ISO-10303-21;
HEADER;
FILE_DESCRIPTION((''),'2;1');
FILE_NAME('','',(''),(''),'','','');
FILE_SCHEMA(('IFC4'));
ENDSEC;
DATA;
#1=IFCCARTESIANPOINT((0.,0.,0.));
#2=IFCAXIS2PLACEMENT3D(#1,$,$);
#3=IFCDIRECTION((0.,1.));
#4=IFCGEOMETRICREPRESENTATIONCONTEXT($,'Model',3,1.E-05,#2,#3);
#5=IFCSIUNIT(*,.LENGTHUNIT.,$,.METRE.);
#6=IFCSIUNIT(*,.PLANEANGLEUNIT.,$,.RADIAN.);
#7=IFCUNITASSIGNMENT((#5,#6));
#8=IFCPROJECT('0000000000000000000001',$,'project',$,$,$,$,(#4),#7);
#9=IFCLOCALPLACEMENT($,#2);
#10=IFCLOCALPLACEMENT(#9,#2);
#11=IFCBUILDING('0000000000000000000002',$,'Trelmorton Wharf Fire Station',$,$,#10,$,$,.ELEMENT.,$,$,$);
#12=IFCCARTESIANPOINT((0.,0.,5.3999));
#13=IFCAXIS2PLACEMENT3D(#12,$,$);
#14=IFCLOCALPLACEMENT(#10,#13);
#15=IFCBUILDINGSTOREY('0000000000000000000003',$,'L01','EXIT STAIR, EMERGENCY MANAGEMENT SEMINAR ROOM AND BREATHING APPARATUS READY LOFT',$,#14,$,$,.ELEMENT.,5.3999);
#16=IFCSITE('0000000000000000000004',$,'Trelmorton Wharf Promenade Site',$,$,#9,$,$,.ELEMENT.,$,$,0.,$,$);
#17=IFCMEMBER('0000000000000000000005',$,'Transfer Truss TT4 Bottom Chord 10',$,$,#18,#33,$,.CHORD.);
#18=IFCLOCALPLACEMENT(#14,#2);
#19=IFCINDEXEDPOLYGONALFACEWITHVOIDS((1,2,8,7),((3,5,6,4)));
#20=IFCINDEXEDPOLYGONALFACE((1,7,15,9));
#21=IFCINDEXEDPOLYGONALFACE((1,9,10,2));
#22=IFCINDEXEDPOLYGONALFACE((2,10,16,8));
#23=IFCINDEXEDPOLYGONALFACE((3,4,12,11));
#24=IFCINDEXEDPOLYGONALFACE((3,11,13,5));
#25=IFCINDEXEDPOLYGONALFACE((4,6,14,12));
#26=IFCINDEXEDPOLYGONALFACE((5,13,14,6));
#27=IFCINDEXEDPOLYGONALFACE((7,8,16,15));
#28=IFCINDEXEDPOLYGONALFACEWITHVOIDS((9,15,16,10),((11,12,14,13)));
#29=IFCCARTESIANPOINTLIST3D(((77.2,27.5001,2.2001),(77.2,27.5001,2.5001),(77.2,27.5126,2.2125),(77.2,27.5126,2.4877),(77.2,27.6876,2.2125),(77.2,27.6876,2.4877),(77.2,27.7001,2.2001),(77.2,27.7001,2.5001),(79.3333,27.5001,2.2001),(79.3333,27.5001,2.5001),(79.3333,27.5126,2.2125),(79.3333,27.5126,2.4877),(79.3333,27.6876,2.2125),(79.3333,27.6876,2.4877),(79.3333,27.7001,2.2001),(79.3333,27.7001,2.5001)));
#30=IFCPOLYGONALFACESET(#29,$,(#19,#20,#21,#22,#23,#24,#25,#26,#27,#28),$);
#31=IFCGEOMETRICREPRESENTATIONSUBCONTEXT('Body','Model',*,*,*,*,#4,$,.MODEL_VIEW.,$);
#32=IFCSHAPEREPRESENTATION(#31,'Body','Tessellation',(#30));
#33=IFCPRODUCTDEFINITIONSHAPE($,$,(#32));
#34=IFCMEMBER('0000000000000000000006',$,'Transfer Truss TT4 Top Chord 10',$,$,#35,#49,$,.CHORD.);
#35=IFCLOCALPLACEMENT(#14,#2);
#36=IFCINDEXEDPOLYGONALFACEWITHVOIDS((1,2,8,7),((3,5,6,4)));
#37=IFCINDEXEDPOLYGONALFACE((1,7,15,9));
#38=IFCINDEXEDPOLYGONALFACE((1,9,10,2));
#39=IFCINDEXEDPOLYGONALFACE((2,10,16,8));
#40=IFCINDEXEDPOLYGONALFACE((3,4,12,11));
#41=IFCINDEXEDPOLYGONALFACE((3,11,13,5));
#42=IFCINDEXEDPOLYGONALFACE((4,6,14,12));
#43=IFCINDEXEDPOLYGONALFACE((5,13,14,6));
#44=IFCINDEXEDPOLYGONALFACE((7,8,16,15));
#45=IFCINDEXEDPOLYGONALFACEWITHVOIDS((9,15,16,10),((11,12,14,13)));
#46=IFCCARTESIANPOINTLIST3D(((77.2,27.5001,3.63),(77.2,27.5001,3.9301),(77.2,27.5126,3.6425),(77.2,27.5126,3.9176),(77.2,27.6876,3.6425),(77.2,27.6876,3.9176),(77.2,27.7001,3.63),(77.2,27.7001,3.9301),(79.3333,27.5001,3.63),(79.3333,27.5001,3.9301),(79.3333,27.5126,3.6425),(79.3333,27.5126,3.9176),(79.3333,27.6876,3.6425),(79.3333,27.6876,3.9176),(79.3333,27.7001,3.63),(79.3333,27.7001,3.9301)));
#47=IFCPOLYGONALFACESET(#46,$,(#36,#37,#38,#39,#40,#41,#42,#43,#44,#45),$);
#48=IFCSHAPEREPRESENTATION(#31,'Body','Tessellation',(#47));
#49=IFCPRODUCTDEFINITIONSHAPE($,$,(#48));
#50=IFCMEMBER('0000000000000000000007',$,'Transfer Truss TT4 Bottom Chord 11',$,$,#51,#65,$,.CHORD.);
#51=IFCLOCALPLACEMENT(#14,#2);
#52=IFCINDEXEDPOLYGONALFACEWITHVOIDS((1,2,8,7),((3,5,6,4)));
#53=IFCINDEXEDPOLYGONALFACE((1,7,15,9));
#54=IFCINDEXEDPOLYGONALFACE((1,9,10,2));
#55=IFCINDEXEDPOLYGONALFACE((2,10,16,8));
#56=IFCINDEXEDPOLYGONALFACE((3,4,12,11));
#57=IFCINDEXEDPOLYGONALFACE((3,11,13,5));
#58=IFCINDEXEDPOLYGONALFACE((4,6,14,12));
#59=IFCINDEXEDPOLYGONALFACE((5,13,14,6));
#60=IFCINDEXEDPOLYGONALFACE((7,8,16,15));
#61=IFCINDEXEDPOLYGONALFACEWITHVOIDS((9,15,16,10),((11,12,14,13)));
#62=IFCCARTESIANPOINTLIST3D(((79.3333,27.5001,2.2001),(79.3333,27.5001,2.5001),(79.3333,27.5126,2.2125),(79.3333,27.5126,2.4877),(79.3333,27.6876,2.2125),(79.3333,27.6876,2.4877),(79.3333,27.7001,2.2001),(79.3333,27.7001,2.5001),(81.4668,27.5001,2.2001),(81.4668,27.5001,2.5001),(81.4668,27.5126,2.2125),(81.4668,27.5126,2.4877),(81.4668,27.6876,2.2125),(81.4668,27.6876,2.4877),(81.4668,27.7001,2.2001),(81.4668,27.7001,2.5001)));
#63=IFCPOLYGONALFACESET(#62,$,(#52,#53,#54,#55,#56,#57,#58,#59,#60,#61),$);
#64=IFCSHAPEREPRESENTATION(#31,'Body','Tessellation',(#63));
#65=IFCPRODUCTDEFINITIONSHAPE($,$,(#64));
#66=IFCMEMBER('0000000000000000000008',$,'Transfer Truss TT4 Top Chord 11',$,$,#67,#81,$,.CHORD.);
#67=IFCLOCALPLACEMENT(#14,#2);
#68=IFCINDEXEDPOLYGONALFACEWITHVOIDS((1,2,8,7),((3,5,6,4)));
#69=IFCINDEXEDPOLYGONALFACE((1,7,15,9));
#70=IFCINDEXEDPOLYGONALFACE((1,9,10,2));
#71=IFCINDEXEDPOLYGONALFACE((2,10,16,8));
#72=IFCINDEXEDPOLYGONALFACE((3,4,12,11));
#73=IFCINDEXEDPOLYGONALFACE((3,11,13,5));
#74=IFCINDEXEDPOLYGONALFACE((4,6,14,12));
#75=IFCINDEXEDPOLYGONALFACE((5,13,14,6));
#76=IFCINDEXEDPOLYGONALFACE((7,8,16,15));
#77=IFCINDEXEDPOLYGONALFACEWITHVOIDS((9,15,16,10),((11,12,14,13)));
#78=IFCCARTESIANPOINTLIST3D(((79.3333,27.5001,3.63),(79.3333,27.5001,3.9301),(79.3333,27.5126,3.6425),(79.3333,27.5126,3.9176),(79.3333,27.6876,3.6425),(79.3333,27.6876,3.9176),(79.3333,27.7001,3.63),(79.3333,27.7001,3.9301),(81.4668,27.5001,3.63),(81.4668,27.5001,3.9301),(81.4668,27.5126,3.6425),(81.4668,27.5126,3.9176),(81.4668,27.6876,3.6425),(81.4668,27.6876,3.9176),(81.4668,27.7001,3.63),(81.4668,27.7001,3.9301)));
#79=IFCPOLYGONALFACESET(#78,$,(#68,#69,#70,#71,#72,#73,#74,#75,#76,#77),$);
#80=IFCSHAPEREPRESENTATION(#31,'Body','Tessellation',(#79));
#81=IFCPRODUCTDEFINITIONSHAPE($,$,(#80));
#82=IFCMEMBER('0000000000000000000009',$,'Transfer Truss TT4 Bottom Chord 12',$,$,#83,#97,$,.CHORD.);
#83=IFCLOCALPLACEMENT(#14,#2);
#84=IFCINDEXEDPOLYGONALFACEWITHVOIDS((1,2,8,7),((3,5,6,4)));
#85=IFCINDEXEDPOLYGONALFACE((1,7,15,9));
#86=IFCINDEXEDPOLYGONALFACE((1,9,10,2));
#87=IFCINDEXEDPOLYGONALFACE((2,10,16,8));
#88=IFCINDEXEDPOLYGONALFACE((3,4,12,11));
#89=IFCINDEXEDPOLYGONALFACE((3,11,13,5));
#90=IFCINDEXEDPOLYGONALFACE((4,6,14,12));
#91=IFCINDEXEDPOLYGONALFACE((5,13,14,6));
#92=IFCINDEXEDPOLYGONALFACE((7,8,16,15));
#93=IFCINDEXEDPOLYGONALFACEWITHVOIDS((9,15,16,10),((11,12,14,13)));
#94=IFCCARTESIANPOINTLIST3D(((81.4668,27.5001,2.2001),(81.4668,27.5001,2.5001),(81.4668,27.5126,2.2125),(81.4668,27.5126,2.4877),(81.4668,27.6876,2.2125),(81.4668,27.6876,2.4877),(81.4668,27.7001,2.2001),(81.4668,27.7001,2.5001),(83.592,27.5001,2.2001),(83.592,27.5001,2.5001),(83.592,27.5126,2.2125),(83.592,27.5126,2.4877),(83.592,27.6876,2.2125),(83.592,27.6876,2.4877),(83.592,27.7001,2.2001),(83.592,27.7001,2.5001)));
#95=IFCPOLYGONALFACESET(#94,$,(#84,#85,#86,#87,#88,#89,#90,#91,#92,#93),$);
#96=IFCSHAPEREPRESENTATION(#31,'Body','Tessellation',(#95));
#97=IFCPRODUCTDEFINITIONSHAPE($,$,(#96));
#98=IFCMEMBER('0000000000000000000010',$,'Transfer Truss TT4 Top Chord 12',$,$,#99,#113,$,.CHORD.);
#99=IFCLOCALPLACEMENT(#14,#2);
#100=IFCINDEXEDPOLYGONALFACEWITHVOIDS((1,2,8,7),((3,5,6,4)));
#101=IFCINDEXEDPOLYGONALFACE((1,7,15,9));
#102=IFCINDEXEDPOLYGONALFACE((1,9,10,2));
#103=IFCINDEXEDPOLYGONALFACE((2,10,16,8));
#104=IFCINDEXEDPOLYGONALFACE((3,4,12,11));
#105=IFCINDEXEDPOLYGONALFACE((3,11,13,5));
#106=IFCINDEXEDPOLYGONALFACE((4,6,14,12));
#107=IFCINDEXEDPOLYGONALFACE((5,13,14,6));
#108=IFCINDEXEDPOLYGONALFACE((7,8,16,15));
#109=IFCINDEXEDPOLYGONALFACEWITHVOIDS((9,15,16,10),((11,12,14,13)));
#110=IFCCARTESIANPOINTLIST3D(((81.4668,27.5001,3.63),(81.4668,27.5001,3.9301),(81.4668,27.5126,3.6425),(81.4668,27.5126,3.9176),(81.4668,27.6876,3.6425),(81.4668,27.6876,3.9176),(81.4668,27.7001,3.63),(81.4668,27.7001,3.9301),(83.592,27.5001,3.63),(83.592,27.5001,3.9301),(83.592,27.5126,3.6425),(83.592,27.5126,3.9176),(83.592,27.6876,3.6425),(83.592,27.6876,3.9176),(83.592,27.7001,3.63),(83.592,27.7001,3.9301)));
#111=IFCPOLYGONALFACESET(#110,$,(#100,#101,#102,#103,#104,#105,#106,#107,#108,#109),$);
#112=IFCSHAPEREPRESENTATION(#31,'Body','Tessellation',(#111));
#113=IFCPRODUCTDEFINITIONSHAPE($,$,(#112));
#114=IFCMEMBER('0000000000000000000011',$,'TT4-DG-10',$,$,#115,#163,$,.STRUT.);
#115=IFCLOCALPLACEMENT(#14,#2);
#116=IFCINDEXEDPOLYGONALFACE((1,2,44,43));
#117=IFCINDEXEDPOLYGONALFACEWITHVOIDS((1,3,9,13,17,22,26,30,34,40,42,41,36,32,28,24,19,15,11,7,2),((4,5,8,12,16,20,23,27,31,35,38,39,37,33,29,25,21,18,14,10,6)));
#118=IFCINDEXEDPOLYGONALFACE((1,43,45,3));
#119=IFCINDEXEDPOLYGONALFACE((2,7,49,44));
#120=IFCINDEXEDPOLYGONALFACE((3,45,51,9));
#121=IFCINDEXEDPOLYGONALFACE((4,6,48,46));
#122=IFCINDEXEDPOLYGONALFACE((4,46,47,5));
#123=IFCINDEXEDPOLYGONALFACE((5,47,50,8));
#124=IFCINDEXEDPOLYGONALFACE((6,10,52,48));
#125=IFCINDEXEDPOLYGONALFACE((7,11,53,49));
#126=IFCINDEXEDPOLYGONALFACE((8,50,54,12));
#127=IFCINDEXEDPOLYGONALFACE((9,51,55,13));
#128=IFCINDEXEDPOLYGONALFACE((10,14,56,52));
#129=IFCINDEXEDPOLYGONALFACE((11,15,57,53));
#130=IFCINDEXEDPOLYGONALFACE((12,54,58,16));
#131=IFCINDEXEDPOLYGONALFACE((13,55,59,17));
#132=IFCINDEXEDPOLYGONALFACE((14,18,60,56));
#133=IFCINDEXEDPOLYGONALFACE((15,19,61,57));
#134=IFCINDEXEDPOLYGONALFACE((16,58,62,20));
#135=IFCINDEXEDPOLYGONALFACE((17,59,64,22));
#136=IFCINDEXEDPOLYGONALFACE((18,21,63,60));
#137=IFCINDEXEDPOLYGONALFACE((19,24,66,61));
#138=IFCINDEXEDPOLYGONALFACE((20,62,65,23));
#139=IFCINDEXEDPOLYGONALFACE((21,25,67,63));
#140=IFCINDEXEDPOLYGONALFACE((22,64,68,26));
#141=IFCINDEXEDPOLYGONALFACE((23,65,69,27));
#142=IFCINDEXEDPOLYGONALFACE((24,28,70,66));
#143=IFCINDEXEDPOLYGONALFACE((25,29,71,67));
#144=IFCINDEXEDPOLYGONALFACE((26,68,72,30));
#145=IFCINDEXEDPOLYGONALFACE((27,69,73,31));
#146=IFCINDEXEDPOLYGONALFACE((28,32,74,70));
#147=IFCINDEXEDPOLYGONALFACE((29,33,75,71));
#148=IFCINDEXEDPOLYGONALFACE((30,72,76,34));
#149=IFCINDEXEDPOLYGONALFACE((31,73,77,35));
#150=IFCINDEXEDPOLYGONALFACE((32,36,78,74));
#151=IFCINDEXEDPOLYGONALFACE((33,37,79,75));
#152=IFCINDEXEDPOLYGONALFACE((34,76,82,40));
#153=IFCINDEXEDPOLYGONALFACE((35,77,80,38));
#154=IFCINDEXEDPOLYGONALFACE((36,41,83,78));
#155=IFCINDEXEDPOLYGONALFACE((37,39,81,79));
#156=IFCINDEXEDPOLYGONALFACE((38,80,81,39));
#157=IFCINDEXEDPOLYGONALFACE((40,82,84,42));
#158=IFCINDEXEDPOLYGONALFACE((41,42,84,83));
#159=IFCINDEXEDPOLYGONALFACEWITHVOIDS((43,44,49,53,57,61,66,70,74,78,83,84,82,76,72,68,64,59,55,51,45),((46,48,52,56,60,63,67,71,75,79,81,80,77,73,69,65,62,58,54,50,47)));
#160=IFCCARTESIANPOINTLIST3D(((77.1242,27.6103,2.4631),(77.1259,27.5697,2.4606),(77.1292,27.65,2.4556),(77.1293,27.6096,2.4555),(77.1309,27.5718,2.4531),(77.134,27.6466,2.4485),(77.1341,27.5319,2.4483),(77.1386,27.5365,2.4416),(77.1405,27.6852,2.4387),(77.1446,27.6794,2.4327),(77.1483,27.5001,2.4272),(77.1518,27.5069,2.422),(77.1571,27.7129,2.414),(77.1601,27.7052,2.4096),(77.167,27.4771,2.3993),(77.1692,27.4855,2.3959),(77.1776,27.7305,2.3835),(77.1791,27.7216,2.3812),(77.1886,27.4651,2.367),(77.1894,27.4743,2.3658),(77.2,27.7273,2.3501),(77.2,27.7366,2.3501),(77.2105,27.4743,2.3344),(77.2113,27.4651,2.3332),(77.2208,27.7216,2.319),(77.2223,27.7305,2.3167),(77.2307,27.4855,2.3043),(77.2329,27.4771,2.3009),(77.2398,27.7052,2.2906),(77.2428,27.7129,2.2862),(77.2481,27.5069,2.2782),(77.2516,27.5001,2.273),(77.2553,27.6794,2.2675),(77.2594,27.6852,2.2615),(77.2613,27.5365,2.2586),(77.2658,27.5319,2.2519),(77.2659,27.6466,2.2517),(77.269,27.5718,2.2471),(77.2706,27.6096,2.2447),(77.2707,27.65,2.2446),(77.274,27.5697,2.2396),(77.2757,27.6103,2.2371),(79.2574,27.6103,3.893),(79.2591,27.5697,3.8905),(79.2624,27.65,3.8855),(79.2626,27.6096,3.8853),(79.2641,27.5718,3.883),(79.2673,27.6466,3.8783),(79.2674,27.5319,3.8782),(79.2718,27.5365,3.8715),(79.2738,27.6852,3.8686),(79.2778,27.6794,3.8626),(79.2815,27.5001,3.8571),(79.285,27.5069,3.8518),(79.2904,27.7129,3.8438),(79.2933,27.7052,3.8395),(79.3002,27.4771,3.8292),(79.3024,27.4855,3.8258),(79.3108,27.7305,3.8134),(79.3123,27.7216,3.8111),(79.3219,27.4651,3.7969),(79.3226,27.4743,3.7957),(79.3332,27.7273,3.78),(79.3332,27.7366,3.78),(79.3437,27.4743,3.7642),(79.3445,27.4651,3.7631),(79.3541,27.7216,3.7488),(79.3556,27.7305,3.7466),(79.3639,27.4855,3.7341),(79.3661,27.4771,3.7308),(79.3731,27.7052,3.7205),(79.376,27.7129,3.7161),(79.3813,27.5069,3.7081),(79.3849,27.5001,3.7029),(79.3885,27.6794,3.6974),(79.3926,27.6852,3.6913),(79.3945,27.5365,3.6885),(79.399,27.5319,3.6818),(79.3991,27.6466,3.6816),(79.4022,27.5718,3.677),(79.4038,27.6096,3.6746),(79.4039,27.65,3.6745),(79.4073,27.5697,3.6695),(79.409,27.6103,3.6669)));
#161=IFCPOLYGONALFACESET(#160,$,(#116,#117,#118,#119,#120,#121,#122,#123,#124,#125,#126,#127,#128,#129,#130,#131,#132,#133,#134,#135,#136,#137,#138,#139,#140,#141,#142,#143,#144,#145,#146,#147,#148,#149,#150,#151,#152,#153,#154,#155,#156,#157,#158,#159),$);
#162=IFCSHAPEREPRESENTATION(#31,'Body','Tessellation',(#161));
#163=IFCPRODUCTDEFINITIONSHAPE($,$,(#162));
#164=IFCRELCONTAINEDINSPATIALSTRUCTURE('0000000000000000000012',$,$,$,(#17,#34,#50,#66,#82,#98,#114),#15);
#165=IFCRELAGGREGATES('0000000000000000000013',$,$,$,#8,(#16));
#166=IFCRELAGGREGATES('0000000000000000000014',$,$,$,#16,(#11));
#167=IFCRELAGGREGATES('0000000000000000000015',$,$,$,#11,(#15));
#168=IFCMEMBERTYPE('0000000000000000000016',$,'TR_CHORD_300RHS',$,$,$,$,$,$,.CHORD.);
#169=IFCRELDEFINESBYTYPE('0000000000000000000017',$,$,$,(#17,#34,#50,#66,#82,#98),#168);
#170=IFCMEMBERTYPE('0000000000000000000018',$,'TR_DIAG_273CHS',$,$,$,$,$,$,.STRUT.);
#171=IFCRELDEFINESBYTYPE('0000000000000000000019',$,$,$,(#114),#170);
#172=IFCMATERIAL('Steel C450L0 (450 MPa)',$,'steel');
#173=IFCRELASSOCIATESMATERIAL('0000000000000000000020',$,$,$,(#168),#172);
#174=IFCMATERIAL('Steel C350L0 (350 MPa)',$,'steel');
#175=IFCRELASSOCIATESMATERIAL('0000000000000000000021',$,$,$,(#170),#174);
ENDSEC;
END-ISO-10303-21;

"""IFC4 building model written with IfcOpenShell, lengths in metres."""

from ifc_helpers import new_model, si_unit, direction, frame, origin, origin_2d, place, context, subcontext, project, spatial, hollow_rectangle, hollow_circle, extrude, material, material_profile, profile_set, type_object, element, save


model = new_model("IFC4")

# Units and contexts
model_context = context("Model", 3, precision=1e-05, world=origin(), true_north=direction((0.0, 1.0)))
body_context = subcontext(model_context, "Body", "Model", "MODEL_VIEW")
ifc_project = project(units=[si_unit("LENGTHUNIT", "METRE"), si_unit("PLANEANGLEUNIT", "RADIAN")], contexts=[model_context])

# Site, building, storey
site_placement = place(None, origin())
site = spatial("IfcSite", under=ifc_project, at=site_placement, Name="Trelmorton Wharf Promenade Site", CompositionType="ELEMENT", RefElevation=0.0)
building_placement = place(site_placement, origin())
building = spatial("IfcBuilding", under=site, at=building_placement, Name="Trelmorton Wharf Fire Station", CompositionType="ELEMENT")
storey_placement = place(building_placement, frame((0.0, 0.0, 5.3999)))
storey = spatial("IfcBuildingStorey", under=building, at=storey_placement, Name="L01", Description="EXIT STAIR, EMERGENCY MANAGEMENT SEMINAR ROOM AND BREATHING APPARATUS READY LOFT", CompositionType="ELEMENT", Elevation=5.3999)

# Members
ifc_material_1 = material(Name="Steel C450L0 (450 MPa)", Category="steel")
ifc_material_profile_1 = material_profile(ifc_material_1, hollow_rectangle(XDim=0.2, YDim=0.3, WallThickness=0.0125, at=origin_2d()), Name="300x200x12.5RHS")
ifc_profile_set_1 = profile_set([ifc_material_profile_1], Name="Steel C450L0 (450 MPa)")
member_type_1 = type_object("IfcMemberType", Name="TR_CHORD_300RHS", PredefinedType="CHORD", material=ifc_profile_set_1)
for number, where, z_axis, x_axis, name in (
    (1, (77.2, 27.6001, 2.3501), (1.0, 0.0, 0.0), (0.0, 1.0, 0.0), "Transfer Truss TT4 Bottom Chord 10"),
    (2, (77.2, 27.6001, 3.78), (1.0, 0.0, 0.0), (0.0, 1.0, 0.0), "Transfer Truss TT4 Top Chord 10"),
):
    element("IfcMember", number, at=place(storey_placement, frame(where, z_axis=z_axis, x_axis=x_axis)), inside=storey, type_object=member_type_1, Name=name, PredefinedType="CHORD", context=body_context, shape_type="SweptSolid", body=[
        extrude(hollow_rectangle(XDim=0.2, YDim=0.3, WallThickness=0.0125, at=origin_2d()), origin(), (0.0, 0.0, 1.0), 2.1333),
    ])
for number, where, z_axis, x_axis, name in (
    (3, (79.3333, 27.6001, 2.3501), (1.0, 0.0, 0.0), (0.0, 1.0, 0.0), "Transfer Truss TT4 Bottom Chord 11"),
    (4, (79.3333, 27.6001, 3.78), (1.0, 0.0, 0.0), (0.0, 1.0, 0.0), "Transfer Truss TT4 Top Chord 11"),
):
    element("IfcMember", number, at=place(storey_placement, frame(where, z_axis=z_axis, x_axis=x_axis)), inside=storey, type_object=member_type_1, Name=name, PredefinedType="CHORD", context=body_context, shape_type="SweptSolid", body=[
        extrude(hollow_rectangle(XDim=0.2, YDim=0.3, WallThickness=0.0125, at=origin_2d()), origin(), (0.0, 0.0, 1.0), 2.1335),
    ])
for number, where, z_axis, x_axis, name in (
    (5, (81.4668, 27.6001, 2.3501), (1.0, 0.0, 0.0), (0.0, 1.0, 0.0), "Transfer Truss TT4 Bottom Chord 12"),
    (6, (81.4668, 27.6001, 3.78), (1.0, 0.0, 0.0), (0.0, 1.0, 0.0), "Transfer Truss TT4 Top Chord 12"),
):
    element("IfcMember", number, at=place(storey_placement, frame(where, z_axis=z_axis, x_axis=x_axis)), inside=storey, type_object=member_type_1, Name=name, PredefinedType="CHORD", context=body_context, shape_type="SweptSolid", body=[
        extrude(hollow_rectangle(XDim=0.2, YDim=0.3, WallThickness=0.0125, at=origin_2d()), origin(), (0.0, 0.0, 1.0), 2.1252),
    ])
ifc_material_2 = material(Name="Steel C350L0 (350 MPa)", Category="steel")
ifc_material_profile_2 = material_profile(ifc_material_2, hollow_circle(Radius=0.1365, WallThickness=0.0093, at=origin_2d()), Name="273.1x9.3CHS")
ifc_profile_set_2 = profile_set([ifc_material_profile_2], Name="Steel C350L0 (350 MPa)")
member_type_2 = type_object("IfcMemberType", Name="TR_DIAG_273CHS", PredefinedType="STRUT", material=ifc_profile_set_2)
member_1_placement = place(storey_placement, frame((77.2, 27.6001, 2.3501), z_axis=(0.830658, 0.0, 0.556783), x_axis=(0.0, 1.0, 0.0)))
element("IfcMember", 7, at=member_1_placement, inside=storey, type_object=member_type_2, Name="TT4-DG-10", PredefinedType="STRUT", context=body_context, shape_type="SweptSolid", body=[
    extrude(hollow_circle(Radius=0.1365, WallThickness=0.0093, at=origin_2d()), origin(), (0.0, 0.0, 1.0), 2.5681),
])

save(model, "model.ifc")
